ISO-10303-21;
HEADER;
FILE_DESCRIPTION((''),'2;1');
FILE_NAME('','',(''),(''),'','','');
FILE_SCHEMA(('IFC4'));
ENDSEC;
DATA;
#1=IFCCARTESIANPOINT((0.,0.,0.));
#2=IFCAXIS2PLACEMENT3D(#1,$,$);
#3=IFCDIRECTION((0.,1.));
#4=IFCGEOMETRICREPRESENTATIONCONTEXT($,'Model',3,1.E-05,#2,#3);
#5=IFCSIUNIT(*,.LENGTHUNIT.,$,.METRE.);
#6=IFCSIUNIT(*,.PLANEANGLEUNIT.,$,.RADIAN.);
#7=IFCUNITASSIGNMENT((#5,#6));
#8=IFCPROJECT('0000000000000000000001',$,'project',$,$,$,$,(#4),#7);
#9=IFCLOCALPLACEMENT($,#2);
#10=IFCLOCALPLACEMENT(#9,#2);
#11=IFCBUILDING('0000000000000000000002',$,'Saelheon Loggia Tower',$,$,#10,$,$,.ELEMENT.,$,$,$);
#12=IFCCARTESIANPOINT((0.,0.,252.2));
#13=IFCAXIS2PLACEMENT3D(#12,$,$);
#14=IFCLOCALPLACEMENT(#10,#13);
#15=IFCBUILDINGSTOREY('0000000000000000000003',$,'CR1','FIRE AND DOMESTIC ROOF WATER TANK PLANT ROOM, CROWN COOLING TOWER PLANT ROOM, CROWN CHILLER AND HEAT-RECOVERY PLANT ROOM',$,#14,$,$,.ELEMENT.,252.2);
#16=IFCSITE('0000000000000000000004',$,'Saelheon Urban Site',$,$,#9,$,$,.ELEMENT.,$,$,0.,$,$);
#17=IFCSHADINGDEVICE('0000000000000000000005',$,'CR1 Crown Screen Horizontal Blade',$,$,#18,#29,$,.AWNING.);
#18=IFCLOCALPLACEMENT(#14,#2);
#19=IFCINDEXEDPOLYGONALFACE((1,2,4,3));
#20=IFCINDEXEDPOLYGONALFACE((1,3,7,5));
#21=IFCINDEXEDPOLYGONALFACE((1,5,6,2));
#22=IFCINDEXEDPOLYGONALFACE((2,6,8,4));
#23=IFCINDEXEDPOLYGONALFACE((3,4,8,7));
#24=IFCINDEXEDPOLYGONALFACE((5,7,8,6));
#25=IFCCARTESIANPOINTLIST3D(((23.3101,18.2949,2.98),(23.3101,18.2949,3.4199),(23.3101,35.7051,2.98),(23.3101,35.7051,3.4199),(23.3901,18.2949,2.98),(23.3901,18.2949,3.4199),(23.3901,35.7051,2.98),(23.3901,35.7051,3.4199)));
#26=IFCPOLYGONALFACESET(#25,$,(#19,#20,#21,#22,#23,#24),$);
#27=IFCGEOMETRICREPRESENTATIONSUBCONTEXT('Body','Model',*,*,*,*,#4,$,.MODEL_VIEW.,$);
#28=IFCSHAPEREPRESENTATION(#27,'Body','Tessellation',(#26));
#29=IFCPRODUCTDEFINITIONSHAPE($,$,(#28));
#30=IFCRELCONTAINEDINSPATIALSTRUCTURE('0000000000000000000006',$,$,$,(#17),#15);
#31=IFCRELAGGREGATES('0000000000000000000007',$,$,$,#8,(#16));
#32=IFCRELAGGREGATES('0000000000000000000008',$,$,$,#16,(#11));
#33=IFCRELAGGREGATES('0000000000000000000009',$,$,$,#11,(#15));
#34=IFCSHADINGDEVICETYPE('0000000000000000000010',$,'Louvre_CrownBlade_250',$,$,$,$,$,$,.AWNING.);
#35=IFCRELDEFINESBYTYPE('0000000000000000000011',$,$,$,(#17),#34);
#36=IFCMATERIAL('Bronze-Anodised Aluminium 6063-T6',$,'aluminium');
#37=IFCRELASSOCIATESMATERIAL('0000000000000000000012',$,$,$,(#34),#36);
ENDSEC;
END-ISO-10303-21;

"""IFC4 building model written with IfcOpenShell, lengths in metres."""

from ifc_helpers import new_model, si_unit, direction, frame, origin, origin_2d, place, context, subcontext, project, spatial, rectangle, extrude, source, transform, mapped, material, material_profile, profile_set, type_object, element, save


model = new_model("IFC4")

# Units and contexts
model_context = context("Model", 3, precision=1e-05, world=origin(), true_north=direction((0.0, 1.0)))
body_context = subcontext(model_context, "Body", "Model", "MODEL_VIEW")
ifc_project = project(units=[si_unit("LENGTHUNIT", "METRE"), si_unit("PLANEANGLEUNIT", "RADIAN")], contexts=[model_context])

# Site, building, storey
site_placement = place(None, origin())
site = spatial("IfcSite", under=ifc_project, at=site_placement, Name="Saelheon Urban Site", CompositionType="ELEMENT", RefElevation=0.0)
building_placement = place(site_placement, origin())
building = spatial("IfcBuilding", under=site, at=building_placement, Name="Saelheon Loggia Tower", CompositionType="ELEMENT")
storey_placement = place(building_placement, frame((0.0, 0.0, 252.2)))
storey = spatial("IfcBuildingStorey", under=building, at=storey_placement, Name="CR1", Description="FIRE AND DOMESTIC ROOF WATER TANK PLANT ROOM, CROWN COOLING TOWER PLANT ROOM, CROWN CHILLER AND HEAT-RECOVERY PLANT ROOM", CompositionType="ELEMENT", Elevation=252.2)

# Shared definitions
ifc_material_1 = material(Name="Bronze-Anodised Aluminium 6063-T6", Category="aluminium")

# Shading device
ifc_material_profile_1 = material_profile(ifc_material_1, rectangle(XDim=0.0801, YDim=0.4399, at=origin_2d()), Name="Louvre_CrownBlade_250")
ifc_profile_set_1 = profile_set([ifc_material_profile_1], Name="Bronze-Anodised Aluminium 6063-T6")
shading_device_type = type_object("IfcShadingDeviceType", Name="Louvre_CrownBlade_250", PredefinedType="AWNING", material=ifc_profile_set_1)
shared_shape_1 = source(origin(), body_context, "Body", "SweptSolid", [
    extrude(rectangle(XDim=0.0801, YDim=0.4399, at=origin_2d()), origin(), (0.0, 0.0, 1.0), 17.4102),
])
for number, where, z_axis, x_axis, name in (
    (1, (23.3501, 35.7051, 3.2), (0.0, -1.0, 0.0), (1.0, 0.0, 0.0), "CR1 Crown Screen Horizontal Blade"),
):
    element("IfcShadingDevice", number, at=place(storey_placement, frame(where, z_axis=z_axis, x_axis=x_axis)), inside=storey, type_object=shading_device_type, Name=name, PredefinedType="AWNING", context=body_context, shape_type="MappedRepresentation", body=[
        mapped(shared_shape_1, transform((0.0, 0.0, 0.0), scale=1.0)),
    ])

save(model, "model.ifc")
